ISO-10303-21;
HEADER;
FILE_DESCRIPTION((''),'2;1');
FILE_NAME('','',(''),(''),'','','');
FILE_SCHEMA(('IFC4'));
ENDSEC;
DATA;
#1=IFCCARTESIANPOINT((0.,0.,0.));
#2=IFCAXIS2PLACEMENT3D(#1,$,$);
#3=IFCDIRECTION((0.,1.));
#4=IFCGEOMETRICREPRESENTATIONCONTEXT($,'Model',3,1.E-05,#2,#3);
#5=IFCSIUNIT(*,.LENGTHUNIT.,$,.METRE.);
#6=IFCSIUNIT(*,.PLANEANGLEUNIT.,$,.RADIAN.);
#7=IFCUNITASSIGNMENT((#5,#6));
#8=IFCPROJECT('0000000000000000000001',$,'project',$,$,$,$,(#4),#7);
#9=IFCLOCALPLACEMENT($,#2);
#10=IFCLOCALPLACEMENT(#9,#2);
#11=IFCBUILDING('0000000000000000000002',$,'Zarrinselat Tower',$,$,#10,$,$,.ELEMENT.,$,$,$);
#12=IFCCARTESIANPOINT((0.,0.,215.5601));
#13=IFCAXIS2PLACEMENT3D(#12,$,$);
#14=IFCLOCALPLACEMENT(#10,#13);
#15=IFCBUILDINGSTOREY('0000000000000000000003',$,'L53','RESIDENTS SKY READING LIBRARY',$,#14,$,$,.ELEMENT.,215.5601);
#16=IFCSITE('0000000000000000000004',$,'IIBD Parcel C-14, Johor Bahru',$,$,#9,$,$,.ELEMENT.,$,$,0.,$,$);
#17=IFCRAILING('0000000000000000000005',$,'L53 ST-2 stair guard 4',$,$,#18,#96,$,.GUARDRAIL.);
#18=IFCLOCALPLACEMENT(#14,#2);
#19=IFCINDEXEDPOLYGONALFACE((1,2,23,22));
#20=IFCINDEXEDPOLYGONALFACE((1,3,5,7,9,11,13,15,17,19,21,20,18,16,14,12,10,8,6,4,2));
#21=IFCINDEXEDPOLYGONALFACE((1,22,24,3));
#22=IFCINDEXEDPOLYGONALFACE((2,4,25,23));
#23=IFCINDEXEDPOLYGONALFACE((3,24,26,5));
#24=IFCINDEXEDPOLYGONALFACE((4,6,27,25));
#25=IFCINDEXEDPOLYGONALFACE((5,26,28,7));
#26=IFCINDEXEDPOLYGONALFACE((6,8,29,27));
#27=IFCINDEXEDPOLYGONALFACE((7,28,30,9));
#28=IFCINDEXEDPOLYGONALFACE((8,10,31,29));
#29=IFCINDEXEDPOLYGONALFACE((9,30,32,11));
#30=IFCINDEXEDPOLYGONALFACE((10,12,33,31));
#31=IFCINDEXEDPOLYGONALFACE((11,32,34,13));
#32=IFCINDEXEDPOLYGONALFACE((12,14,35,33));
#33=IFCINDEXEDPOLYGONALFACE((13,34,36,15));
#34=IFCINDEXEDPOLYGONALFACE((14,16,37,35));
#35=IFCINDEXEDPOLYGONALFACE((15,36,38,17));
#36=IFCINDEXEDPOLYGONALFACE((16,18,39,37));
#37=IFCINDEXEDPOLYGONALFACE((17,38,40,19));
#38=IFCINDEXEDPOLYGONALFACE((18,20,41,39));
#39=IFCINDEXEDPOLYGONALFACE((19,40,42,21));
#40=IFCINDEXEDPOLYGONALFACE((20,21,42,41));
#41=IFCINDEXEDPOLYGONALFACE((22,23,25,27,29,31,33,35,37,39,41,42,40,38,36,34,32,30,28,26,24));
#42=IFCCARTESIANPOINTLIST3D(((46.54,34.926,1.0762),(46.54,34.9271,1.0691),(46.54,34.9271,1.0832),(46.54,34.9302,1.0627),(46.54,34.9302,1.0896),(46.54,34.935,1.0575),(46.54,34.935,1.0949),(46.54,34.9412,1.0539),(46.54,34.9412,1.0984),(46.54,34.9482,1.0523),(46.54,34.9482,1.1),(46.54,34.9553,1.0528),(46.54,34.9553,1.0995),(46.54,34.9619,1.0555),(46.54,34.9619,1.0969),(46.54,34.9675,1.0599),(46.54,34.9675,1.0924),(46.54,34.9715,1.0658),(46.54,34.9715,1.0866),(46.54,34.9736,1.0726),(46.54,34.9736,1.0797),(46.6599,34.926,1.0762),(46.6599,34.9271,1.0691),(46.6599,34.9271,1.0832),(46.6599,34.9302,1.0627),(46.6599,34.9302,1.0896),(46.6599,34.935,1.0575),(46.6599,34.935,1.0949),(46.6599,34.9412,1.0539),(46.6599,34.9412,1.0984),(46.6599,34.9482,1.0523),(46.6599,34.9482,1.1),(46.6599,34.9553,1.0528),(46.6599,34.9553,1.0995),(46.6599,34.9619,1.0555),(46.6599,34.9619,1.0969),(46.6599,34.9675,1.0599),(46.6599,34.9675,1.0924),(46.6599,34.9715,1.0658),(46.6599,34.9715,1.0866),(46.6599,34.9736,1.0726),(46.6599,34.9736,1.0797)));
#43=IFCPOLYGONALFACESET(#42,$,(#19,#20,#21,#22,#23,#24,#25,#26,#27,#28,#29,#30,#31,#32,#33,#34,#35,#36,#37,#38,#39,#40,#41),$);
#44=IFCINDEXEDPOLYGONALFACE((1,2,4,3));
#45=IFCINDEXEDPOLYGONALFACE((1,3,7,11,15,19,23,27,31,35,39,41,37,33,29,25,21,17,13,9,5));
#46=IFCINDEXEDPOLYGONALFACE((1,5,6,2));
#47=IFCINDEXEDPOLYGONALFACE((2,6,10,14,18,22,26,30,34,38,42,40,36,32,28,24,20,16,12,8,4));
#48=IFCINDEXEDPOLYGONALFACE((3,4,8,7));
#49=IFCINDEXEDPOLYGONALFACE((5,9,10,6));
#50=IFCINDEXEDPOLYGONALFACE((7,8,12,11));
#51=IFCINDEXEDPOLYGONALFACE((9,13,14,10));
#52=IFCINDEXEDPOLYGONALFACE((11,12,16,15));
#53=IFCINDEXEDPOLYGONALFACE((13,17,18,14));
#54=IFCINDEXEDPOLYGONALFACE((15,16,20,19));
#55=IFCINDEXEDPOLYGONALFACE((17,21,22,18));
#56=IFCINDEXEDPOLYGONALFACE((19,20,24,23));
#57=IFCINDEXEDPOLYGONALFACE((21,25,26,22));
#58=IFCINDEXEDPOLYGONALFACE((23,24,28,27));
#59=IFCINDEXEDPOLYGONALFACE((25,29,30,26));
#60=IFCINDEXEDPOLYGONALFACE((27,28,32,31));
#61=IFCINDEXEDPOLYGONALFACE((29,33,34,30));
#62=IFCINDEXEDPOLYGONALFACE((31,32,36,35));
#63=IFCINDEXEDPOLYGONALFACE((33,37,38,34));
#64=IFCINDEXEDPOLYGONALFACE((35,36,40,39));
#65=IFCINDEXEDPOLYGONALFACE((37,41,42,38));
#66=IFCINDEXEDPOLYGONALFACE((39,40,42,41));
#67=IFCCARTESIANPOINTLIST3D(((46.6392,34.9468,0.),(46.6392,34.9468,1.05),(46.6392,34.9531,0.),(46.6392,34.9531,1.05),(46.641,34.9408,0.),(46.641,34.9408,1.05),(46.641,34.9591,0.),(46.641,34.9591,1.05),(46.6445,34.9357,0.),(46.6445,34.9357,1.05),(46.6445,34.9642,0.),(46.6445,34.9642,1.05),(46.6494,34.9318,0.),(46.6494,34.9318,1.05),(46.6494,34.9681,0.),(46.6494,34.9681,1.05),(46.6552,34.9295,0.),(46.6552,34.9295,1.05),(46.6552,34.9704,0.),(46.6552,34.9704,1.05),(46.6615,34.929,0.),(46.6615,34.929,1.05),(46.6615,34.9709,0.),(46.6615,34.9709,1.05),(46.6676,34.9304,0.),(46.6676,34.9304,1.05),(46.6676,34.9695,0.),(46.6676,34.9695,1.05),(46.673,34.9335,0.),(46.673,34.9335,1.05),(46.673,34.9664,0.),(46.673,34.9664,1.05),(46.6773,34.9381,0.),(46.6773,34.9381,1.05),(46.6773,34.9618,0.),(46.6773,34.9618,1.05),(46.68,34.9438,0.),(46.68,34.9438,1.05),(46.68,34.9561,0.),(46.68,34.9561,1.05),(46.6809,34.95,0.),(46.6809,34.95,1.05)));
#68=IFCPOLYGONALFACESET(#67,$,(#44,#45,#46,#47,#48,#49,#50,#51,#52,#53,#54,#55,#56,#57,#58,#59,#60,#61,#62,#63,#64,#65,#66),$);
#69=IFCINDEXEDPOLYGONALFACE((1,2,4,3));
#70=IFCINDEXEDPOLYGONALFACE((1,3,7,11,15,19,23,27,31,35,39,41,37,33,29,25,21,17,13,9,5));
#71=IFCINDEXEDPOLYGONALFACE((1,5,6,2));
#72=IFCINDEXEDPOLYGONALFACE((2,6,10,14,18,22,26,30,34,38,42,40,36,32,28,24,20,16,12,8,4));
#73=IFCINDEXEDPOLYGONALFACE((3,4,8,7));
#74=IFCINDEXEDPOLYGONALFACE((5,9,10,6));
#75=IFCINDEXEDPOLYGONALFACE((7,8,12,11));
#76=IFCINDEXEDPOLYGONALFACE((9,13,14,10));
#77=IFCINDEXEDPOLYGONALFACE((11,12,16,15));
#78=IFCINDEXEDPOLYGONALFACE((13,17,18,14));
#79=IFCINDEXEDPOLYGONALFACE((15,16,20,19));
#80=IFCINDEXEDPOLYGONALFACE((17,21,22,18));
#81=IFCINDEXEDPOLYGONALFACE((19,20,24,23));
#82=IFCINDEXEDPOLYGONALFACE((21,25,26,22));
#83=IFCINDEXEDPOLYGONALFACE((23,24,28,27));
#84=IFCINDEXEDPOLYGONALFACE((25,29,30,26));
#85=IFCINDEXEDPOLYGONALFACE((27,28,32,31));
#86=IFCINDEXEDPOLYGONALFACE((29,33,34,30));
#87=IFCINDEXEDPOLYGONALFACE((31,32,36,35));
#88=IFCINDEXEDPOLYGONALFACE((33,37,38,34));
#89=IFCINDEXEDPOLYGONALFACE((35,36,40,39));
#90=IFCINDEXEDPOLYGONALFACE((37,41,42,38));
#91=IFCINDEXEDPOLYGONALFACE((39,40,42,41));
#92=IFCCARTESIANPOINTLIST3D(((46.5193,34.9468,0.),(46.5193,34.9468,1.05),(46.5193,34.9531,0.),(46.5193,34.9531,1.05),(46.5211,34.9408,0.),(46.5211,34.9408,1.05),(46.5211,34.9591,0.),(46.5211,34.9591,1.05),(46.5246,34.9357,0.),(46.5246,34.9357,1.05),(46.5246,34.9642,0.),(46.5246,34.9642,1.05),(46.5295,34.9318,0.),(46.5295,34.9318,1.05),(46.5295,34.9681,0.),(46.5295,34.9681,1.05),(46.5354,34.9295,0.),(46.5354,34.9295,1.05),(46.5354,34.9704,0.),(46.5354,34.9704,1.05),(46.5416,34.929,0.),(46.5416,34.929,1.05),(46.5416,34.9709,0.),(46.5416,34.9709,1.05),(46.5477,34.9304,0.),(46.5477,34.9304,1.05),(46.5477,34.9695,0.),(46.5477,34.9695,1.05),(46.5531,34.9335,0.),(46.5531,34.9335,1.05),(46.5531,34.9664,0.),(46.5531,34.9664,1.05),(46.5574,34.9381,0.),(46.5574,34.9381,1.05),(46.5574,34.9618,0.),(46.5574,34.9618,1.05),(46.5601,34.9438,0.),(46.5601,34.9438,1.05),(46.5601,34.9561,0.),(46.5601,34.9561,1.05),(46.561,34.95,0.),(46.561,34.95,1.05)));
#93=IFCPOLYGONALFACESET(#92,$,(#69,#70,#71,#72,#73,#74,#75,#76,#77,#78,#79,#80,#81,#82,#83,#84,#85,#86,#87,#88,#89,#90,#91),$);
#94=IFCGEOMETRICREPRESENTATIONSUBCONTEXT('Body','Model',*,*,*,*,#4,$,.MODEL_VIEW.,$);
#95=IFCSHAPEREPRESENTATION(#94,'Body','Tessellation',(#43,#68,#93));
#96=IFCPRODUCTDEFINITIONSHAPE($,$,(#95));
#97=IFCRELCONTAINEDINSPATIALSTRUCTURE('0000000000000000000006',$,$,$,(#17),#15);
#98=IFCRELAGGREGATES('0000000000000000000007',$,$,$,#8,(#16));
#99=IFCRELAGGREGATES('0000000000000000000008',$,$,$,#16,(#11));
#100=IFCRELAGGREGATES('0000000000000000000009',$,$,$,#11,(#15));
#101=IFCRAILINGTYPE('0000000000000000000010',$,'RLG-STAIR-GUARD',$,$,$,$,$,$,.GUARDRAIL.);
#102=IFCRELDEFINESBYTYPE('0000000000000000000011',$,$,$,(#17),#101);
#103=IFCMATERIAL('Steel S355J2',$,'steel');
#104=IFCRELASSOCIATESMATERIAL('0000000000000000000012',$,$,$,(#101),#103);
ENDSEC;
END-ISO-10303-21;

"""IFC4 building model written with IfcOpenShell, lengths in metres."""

from ifc_helpers import new_model, si_unit, direction, frame, origin, origin_2d, place, context, subcontext, project, spatial, circle, extrude, material, type_object, element, save


model = new_model("IFC4")

# Units and contexts
model_context = context("Model", 3, precision=1e-05, world=origin(), true_north=direction((0.0, 1.0)))
body_context = subcontext(model_context, "Body", "Model", "MODEL_VIEW")
ifc_project = project(units=[si_unit("LENGTHUNIT", "METRE"), si_unit("PLANEANGLEUNIT", "RADIAN")], contexts=[model_context])

# Site, building, storey
site_placement = place(None, origin())
site = spatial("IfcSite", under=ifc_project, at=site_placement, Name="IIBD Parcel C-14, Johor Bahru", CompositionType="ELEMENT", RefElevation=0.0)
building_placement = place(site_placement, origin())
building = spatial("IfcBuilding", under=site, at=building_placement, Name="Zarrinselat Tower", CompositionType="ELEMENT")
storey_placement = place(building_placement, frame((0.0, 0.0, 215.5601)))
storey = spatial("IfcBuildingStorey", under=building, at=storey_placement, Name="L53", Description="RESIDENTS SKY READING LIBRARY", CompositionType="ELEMENT", Elevation=215.5601)

# Railing
ifc_material_1 = material(Name="Steel S355J2", Category="steel")
railing_type_1 = type_object("IfcRailingType", Name="RLG-STAIR-GUARD", PredefinedType="GUARDRAIL", material=ifc_material_1)
railing_1_placement = place(storey_placement, frame((46.6599, 34.95, 0.0)))
element("IfcRailing", 1, at=railing_1_placement, inside=storey, type_object=railing_type_1, Name="L53 ST-2 stair guard 4", PredefinedType="GUARDRAIL", context=body_context, shape_type="SweptSolid", body=[
    extrude(circle(Radius=0.0239, at=origin_2d()), frame((0.0, 0.0, 1.0762), z_axis=(-1.0, 0.0, 0.0), x_axis=(0.0, -1.0, 0.0)), (0.0, 0.0, 1.0), 0.1199),
    extrude(circle(Radius=0.021, at=origin_2d()), origin(), (0.0, 0.0, 1.0), 1.05),
    extrude(circle(Radius=0.021, at=origin_2d()), frame((-0.1199, 0.0, 0.0)), (0.0, 0.0, 1.0), 1.05),
])

save(model, "model.ifc")
